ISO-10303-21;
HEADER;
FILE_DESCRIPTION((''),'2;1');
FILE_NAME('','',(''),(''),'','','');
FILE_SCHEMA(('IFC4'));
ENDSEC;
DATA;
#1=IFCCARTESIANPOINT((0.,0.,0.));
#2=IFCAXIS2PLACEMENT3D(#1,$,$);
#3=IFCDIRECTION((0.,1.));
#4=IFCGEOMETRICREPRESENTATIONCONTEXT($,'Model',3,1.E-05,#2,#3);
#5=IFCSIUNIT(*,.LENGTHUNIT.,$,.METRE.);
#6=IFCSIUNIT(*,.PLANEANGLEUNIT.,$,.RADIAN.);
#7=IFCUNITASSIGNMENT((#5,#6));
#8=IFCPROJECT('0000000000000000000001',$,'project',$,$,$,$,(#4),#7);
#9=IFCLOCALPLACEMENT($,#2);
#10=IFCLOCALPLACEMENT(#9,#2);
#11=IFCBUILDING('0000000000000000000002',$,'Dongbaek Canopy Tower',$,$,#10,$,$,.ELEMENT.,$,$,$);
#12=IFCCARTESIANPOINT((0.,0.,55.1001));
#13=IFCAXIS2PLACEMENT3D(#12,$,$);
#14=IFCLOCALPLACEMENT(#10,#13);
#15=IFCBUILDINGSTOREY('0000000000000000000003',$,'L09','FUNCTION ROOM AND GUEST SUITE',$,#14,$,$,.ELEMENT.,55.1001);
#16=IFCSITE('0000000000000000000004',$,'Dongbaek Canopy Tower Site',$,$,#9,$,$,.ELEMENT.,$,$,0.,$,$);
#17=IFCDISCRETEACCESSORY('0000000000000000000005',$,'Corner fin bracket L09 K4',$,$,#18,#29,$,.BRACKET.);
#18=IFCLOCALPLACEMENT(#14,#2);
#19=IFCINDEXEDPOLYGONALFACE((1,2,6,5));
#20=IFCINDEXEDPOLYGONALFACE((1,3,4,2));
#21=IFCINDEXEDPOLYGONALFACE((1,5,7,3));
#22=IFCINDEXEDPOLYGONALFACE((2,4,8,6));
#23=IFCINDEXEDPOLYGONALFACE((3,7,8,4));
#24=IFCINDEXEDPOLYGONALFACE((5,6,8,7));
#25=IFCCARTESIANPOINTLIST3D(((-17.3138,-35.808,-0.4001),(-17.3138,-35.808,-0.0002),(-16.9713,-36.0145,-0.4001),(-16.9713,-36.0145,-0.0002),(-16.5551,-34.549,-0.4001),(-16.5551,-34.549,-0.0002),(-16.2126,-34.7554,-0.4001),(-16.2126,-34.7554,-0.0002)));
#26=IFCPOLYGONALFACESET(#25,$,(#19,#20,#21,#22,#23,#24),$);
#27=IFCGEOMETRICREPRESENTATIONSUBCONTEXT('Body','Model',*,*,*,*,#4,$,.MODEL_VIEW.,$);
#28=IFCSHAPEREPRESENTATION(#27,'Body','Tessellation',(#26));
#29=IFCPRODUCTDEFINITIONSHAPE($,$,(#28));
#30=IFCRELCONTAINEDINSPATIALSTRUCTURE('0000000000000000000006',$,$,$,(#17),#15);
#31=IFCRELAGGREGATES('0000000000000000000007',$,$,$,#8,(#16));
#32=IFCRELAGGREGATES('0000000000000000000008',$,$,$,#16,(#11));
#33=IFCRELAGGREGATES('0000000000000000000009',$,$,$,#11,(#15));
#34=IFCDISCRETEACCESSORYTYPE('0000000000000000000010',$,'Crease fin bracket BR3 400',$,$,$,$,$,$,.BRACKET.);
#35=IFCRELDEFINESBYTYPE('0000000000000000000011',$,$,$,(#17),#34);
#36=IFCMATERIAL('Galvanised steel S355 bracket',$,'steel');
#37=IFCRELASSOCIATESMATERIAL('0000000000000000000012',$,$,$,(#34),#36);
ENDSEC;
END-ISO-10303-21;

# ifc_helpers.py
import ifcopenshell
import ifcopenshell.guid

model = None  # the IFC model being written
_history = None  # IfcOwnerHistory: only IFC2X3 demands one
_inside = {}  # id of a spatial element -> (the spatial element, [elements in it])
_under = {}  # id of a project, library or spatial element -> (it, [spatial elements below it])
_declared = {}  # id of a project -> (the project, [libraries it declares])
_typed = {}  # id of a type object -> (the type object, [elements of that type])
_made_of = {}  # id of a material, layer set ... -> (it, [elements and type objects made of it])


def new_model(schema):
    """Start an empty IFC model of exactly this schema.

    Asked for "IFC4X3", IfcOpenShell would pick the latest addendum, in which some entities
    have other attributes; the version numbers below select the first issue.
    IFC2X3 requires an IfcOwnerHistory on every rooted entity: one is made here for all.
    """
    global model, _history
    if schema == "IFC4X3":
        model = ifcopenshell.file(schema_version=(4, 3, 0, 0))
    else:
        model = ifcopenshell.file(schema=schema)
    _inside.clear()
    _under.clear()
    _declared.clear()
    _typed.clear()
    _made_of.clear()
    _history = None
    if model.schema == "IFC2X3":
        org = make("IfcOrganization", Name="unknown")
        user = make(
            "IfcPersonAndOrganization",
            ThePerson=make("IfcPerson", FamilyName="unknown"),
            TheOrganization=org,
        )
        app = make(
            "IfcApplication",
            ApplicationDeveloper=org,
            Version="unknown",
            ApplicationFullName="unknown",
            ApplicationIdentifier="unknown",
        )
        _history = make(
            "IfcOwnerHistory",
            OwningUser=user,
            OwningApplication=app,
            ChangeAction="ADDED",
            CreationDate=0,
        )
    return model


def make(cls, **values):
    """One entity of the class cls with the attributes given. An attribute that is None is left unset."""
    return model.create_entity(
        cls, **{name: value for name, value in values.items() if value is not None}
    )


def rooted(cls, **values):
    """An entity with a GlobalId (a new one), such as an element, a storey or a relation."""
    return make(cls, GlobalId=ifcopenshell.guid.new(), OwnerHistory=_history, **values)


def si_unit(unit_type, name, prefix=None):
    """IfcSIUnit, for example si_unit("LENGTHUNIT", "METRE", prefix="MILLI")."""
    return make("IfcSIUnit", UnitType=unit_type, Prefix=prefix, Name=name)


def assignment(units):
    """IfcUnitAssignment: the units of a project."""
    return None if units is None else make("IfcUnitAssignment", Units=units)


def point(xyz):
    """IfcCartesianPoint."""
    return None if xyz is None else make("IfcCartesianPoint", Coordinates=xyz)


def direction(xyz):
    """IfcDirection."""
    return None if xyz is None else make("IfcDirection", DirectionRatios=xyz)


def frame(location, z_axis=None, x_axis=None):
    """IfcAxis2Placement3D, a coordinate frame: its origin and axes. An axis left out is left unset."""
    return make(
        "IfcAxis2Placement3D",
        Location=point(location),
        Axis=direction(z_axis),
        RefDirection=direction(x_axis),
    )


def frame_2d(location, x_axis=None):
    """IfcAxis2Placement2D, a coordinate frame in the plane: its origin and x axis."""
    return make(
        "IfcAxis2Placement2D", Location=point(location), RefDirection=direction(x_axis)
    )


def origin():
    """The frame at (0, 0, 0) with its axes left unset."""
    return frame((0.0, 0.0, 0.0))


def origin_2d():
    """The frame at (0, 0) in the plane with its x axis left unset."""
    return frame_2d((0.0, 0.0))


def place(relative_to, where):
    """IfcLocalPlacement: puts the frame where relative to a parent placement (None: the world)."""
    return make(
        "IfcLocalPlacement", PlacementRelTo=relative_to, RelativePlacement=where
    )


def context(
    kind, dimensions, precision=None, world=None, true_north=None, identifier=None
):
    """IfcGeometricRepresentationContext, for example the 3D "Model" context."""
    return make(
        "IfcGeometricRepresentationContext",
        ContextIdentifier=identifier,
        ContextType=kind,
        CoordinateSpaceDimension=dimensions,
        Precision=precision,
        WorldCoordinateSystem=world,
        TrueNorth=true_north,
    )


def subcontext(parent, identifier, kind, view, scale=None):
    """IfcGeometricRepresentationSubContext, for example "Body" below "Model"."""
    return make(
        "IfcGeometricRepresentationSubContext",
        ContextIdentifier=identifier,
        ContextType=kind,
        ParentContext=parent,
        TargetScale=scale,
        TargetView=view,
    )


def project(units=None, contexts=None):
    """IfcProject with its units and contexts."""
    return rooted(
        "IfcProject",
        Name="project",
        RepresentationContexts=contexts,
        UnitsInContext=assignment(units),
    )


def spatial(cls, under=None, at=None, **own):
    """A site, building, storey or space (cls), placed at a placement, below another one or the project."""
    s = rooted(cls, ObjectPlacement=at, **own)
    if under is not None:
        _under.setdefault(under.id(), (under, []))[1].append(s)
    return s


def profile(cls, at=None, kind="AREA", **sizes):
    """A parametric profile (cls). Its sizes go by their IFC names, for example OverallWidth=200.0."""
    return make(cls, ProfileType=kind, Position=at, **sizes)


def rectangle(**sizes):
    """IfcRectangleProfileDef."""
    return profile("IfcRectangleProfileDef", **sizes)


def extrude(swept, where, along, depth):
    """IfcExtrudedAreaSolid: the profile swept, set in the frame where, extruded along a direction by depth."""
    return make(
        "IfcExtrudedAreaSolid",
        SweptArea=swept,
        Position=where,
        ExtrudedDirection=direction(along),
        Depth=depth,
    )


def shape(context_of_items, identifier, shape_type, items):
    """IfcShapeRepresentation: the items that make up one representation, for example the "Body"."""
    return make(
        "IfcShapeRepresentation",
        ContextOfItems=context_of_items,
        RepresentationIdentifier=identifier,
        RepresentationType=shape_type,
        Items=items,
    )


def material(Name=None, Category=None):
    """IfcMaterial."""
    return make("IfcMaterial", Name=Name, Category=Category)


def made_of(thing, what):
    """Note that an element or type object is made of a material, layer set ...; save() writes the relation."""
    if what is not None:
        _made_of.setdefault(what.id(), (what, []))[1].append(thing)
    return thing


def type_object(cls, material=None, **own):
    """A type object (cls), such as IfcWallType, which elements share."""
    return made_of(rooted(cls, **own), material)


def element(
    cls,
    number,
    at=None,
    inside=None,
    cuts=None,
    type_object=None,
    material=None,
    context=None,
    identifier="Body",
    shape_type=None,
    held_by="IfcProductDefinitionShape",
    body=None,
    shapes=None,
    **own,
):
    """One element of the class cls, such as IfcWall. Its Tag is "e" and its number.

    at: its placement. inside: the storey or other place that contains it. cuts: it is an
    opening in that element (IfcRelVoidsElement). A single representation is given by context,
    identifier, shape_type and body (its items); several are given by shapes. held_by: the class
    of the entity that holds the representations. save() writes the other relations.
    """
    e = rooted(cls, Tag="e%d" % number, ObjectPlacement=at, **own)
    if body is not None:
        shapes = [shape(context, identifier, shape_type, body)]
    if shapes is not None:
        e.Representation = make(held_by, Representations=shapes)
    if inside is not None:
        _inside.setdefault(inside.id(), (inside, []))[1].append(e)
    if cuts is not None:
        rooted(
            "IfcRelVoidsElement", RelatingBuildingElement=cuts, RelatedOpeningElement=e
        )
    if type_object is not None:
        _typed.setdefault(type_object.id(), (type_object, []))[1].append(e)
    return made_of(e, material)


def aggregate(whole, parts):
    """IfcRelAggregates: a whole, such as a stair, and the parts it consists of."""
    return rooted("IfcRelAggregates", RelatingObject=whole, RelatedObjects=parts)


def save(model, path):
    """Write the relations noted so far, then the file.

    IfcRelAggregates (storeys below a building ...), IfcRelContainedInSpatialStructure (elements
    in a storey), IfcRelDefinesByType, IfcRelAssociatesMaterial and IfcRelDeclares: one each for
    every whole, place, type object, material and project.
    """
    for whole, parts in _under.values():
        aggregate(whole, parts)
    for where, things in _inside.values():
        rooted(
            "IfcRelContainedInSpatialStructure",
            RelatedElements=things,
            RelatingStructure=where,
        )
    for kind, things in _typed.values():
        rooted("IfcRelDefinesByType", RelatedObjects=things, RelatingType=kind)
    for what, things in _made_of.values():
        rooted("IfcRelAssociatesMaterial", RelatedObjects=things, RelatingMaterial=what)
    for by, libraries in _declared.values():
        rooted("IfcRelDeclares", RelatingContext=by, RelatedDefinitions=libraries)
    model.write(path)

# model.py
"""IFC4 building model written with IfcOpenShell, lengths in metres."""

from ifc_helpers import new_model, si_unit, direction, frame, origin, origin_2d, place, context, subcontext, project, spatial, rectangle, extrude, material, type_object, element, save


model = new_model("IFC4")

# Units and contexts
model_context = context("Model", 3, precision=1e-05, world=origin(), true_north=direction((0.0, 1.0)))
body_context = subcontext(model_context, "Body", "Model", "MODEL_VIEW")
ifc_project = project(units=[si_unit("LENGTHUNIT", "METRE"), si_unit("PLANEANGLEUNIT", "RADIAN")], contexts=[model_context])

# Site, building, storey
site_placement = place(None, origin())
site = spatial("IfcSite", under=ifc_project, at=site_placement, Name="Dongbaek Canopy Tower Site", CompositionType="ELEMENT", RefElevation=0.0)
building_placement = place(site_placement, origin())
building = spatial("IfcBuilding", under=site, at=building_placement, Name="Dongbaek Canopy Tower", CompositionType="ELEMENT")
storey_placement = place(building_placement, frame((0.0, 0.0, 55.1001)))
storey = spatial("IfcBuildingStorey", under=building, at=storey_placement, Name="L09", Description="FUNCTION ROOM AND GUEST SUITE", CompositionType="ELEMENT", Elevation=55.1001)

# Discrete accessory
ifc_material_1 = material(Name="Galvanised steel S355 bracket", Category="steel")
discrete_accessory_type = type_object("IfcDiscreteAccessoryType", Name="Crease fin bracket BR3 400", PredefinedType="BRACKET", material=ifc_material_1)
discrete_accessory_placement = place(storey_placement, frame((-16.7632, -35.2817, -0.4001), z_axis=(0.0, 0.0, 1.0), x_axis=(-0.51617, -0.856486, 0.0)))
element("IfcDiscreteAccessory", 1, at=discrete_accessory_placement, inside=storey, type_object=discrete_accessory_type, Name="Corner fin bracket L09 K4", PredefinedType="BRACKET", context=body_context, shape_type="SweptSolid", body=[
    extrude(rectangle(XDim=1.47, YDim=0.3999, at=origin_2d()), origin(), (0.0, 0.0, 1.0), 0.3999),
])

save(model, "model.ifc")
